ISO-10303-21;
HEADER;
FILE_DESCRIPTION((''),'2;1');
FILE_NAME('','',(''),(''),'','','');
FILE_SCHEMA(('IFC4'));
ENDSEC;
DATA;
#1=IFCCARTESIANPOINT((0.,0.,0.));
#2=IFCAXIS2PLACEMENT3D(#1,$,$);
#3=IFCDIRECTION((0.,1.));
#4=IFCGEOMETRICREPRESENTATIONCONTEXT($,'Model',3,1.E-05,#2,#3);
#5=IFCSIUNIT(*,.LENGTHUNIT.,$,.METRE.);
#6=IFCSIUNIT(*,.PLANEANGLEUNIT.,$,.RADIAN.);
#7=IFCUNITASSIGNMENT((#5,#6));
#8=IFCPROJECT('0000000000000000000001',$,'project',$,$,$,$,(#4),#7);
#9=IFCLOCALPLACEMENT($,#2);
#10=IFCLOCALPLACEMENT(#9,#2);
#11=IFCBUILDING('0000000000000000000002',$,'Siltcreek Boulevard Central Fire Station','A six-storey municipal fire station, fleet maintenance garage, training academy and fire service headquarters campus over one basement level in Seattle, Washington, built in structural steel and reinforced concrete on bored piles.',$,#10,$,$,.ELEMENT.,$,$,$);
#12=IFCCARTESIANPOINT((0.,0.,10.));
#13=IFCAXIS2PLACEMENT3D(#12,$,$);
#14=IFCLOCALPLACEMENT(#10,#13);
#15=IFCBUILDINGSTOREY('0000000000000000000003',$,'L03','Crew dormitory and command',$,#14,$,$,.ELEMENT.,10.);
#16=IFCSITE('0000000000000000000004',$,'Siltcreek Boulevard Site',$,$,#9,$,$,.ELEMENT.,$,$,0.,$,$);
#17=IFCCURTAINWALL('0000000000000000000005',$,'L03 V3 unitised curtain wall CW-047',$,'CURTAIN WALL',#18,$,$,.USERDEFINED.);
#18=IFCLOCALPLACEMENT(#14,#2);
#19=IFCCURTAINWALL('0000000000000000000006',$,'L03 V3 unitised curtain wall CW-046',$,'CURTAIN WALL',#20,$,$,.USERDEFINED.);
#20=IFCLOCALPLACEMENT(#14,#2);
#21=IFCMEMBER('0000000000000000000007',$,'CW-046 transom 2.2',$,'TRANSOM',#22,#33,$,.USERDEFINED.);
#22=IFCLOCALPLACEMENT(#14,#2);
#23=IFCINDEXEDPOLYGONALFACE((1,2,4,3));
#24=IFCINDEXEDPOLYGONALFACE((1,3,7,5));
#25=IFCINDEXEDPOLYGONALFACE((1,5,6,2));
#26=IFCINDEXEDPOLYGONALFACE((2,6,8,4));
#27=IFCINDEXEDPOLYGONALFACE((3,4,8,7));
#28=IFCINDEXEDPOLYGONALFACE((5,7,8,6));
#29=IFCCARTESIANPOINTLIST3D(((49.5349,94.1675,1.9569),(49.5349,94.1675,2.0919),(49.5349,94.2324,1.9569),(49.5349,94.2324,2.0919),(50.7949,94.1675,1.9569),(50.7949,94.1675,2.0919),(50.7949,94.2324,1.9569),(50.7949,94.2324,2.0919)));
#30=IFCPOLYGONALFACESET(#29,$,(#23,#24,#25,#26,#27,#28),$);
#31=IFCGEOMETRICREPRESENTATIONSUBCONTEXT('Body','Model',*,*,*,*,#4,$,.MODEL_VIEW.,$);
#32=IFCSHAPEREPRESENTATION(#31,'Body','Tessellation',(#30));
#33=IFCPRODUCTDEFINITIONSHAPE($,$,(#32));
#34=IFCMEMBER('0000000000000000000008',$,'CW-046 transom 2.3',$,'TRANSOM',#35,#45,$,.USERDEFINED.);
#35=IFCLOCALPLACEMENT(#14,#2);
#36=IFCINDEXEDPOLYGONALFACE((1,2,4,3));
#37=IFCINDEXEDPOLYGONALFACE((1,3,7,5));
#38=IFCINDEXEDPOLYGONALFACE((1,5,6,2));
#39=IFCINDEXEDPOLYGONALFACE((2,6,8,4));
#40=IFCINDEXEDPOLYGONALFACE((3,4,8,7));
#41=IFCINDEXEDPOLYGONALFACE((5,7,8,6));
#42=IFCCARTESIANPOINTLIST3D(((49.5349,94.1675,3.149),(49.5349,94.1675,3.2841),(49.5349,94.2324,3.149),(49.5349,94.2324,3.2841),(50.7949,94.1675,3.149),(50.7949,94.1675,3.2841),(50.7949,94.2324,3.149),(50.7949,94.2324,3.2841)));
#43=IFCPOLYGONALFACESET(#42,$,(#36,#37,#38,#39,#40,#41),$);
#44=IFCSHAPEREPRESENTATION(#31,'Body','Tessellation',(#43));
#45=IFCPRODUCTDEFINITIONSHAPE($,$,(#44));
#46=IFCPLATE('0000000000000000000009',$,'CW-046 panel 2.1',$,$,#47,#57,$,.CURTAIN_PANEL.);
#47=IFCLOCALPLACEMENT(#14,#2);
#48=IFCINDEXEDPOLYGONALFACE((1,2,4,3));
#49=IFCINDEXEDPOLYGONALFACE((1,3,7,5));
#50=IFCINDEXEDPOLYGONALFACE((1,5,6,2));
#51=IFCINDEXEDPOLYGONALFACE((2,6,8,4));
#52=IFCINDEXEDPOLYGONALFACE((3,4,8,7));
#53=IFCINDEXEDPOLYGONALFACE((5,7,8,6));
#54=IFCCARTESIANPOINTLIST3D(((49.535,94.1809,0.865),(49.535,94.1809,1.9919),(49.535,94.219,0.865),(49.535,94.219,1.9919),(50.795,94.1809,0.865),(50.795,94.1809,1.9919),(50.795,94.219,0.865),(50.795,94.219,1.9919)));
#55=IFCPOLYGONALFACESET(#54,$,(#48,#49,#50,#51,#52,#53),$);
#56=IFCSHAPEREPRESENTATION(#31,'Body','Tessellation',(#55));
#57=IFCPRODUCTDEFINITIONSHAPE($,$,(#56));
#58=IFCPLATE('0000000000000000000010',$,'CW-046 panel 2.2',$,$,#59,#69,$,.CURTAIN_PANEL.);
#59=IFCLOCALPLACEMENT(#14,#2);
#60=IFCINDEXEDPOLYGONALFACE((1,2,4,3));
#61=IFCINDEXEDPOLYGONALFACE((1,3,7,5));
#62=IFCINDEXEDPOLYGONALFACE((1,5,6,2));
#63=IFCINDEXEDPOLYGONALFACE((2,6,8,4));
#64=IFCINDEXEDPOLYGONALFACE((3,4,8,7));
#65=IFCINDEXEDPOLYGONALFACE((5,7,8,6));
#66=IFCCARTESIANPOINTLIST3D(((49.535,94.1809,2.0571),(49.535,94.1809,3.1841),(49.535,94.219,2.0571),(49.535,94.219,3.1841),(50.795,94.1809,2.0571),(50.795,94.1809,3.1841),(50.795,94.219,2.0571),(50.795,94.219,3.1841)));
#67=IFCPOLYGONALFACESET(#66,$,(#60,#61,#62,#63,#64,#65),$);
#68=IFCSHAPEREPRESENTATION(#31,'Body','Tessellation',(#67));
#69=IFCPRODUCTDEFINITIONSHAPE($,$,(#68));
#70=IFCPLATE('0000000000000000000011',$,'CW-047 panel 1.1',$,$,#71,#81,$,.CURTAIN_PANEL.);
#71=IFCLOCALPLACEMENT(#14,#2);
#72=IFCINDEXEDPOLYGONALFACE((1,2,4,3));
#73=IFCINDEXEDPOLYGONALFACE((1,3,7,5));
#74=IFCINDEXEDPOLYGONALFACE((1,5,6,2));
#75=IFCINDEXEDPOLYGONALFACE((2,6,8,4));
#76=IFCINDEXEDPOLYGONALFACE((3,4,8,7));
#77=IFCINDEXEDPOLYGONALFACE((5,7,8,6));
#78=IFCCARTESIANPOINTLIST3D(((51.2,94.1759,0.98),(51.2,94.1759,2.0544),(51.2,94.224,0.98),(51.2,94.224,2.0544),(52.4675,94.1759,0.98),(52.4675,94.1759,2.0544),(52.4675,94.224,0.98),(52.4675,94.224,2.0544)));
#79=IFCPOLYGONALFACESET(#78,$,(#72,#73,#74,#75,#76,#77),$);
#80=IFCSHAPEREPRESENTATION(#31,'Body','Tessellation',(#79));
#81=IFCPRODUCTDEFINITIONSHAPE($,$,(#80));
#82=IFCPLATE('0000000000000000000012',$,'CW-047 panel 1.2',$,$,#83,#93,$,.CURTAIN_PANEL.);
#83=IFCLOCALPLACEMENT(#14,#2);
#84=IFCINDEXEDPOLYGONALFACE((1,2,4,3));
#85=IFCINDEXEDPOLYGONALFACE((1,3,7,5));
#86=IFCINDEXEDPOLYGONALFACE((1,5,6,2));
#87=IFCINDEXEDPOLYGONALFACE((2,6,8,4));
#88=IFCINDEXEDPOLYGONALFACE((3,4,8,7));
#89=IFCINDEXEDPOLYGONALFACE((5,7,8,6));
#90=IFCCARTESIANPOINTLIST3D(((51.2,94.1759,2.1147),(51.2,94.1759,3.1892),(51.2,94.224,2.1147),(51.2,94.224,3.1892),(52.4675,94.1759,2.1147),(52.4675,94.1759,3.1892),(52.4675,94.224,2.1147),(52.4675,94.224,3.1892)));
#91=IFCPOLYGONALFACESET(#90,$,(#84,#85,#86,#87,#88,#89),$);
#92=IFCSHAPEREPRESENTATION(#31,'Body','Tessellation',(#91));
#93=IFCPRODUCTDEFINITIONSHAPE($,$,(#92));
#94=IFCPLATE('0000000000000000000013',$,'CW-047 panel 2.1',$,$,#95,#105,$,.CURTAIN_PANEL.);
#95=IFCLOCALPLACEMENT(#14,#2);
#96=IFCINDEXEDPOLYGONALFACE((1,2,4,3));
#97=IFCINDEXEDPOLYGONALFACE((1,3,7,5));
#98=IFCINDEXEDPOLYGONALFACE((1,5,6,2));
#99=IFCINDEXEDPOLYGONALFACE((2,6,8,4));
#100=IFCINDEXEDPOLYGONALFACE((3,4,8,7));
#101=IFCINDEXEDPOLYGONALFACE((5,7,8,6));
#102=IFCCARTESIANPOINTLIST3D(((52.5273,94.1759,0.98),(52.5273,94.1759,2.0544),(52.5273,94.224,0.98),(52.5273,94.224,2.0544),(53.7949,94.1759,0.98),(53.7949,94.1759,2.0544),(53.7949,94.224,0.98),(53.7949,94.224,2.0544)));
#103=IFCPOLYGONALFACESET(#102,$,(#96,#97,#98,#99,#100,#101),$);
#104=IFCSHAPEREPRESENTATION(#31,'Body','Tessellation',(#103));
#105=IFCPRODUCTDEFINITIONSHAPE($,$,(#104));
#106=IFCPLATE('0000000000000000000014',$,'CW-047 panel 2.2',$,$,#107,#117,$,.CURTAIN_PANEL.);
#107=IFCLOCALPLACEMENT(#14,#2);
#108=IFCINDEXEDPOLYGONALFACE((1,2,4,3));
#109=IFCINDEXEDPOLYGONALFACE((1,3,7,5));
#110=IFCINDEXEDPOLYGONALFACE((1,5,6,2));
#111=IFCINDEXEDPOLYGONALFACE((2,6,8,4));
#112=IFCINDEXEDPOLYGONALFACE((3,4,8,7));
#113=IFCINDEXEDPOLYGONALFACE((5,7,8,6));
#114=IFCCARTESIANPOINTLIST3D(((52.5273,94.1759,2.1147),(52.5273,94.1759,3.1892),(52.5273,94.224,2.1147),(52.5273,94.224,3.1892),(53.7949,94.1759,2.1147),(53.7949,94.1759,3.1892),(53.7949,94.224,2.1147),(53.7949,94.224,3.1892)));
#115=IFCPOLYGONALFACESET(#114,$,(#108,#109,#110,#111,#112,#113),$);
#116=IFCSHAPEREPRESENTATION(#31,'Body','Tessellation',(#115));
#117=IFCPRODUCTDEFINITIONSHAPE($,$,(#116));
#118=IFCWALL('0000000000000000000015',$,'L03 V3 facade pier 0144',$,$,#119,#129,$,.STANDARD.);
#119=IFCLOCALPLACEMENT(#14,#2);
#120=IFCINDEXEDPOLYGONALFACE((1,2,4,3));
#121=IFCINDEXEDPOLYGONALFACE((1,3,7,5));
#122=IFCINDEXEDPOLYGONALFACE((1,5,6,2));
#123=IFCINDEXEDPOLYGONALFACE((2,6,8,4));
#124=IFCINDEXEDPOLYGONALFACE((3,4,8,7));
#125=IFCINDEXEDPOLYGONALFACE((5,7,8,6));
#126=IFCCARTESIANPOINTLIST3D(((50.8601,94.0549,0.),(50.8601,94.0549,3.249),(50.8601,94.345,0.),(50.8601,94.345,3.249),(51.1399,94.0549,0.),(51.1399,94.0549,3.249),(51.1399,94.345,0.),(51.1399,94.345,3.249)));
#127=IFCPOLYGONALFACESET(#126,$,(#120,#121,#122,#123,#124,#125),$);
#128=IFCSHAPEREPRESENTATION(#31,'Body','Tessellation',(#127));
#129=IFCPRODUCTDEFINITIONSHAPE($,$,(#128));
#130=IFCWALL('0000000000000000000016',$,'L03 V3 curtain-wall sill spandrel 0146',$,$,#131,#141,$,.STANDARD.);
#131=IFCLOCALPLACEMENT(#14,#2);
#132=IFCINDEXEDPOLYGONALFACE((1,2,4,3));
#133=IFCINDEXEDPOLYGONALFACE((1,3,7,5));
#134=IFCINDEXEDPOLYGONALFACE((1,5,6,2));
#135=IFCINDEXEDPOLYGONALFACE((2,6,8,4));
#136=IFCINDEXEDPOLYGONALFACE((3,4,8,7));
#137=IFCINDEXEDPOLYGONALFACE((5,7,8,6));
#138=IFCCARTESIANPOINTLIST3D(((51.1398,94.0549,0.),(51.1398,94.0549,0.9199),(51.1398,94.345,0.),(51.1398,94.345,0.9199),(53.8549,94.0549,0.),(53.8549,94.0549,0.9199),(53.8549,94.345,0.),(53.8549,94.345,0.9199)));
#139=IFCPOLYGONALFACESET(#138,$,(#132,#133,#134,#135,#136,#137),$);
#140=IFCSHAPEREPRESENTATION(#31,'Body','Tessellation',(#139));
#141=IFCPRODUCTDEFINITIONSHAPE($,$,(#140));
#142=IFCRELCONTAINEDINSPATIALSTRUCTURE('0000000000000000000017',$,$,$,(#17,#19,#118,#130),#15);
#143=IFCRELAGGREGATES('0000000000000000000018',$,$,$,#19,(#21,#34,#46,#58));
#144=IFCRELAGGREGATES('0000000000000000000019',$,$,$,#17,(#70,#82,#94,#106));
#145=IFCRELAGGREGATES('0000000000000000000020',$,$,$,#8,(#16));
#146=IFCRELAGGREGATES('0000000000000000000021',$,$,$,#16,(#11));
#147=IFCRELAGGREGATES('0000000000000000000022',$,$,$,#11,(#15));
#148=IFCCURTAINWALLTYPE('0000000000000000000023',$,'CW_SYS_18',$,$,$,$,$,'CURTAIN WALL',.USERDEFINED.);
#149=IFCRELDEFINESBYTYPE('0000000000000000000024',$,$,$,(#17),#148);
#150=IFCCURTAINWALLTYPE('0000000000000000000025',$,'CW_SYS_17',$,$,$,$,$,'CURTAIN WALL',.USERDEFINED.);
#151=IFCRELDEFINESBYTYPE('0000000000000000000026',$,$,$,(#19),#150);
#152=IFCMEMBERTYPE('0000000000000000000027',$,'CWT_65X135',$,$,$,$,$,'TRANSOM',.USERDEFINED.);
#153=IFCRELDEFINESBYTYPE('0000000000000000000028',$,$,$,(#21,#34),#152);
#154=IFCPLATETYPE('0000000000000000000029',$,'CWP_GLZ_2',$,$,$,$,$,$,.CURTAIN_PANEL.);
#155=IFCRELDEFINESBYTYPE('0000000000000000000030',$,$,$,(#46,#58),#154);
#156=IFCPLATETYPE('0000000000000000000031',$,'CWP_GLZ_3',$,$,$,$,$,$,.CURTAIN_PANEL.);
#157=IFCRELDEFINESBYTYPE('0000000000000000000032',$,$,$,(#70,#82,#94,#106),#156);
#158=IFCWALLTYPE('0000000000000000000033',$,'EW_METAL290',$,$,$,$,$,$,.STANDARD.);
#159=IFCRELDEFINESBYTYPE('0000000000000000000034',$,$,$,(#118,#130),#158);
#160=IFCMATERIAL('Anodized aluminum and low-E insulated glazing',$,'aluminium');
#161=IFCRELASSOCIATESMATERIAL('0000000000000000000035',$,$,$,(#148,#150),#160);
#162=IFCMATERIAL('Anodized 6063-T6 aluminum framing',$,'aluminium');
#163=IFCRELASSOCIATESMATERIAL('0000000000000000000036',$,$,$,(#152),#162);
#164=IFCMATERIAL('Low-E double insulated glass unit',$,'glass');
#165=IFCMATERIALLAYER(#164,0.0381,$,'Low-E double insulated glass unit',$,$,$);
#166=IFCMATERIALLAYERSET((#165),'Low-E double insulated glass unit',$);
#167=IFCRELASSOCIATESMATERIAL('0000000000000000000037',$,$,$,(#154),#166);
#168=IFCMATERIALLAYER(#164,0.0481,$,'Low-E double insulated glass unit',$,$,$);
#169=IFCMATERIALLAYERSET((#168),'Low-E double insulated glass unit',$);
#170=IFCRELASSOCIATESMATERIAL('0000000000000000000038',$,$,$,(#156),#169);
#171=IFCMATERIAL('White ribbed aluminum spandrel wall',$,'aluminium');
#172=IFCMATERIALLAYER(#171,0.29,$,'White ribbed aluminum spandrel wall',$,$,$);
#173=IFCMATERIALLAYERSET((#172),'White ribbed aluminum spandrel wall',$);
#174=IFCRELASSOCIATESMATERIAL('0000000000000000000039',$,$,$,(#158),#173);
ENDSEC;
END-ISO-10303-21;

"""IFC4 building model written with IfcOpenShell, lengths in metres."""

from ifc_helpers import new_model, si_unit, direction, frame, frame_2d, origin, origin_2d, place, context, subcontext, project, spatial, rectangle, extrude, material, layer, layer_set, material_profile, profile_set, type_object, element, aggregate, save


model = new_model("IFC4")

# Units and contexts
model_context = context("Model", 3, precision=1e-05, world=origin(), true_north=direction((0.0, 1.0)))
body_context = subcontext(model_context, "Body", "Model", "MODEL_VIEW")
ifc_project = project(units=[si_unit("LENGTHUNIT", "METRE"), si_unit("PLANEANGLEUNIT", "RADIAN")], contexts=[model_context])

# Site, building, storey
site_placement = place(None, origin())
site = spatial("IfcSite", under=ifc_project, at=site_placement, Name="Siltcreek Boulevard Site", CompositionType="ELEMENT", RefElevation=0.0)
building_placement = place(site_placement, origin())
building = spatial("IfcBuilding", under=site, at=building_placement, Name="Siltcreek Boulevard Central Fire Station", Description="A six-storey municipal fire station, fleet maintenance garage, training academy and fire service headquarters campus over one basement level in Seattle, Washington, built in structural steel and reinforced concrete on bored piles.", CompositionType="ELEMENT")
storey_placement = place(building_placement, frame((0.0, 0.0, 10.0)))
storey = spatial("IfcBuildingStorey", under=building, at=storey_placement, Name="L03", Description="Crew dormitory and command", CompositionType="ELEMENT", Elevation=10.0)

# Curtain walls
ifc_material_1 = material(Name="Anodized aluminum and low-E insulated glazing", Category="aluminium")
curtain_wall_type_1 = type_object("IfcCurtainWallType", Name="CW_SYS_18", ElementType="CURTAIN WALL", PredefinedType="USERDEFINED", material=ifc_material_1)
curtain_wall_1_placement = place(storey_placement, origin())
curtain_wall_1 = element("IfcCurtainWall", 1, at=curtain_wall_1_placement, inside=storey, type_object=curtain_wall_type_1, Name="L03 V3 unitised curtain wall CW-047", ObjectType="CURTAIN WALL", PredefinedType="USERDEFINED")
ifc_material_2 = material(Name="Anodized 6063-T6 aluminum framing", Category="aluminium")
curtain_wall_type_2 = type_object("IfcCurtainWallType", Name="CW_SYS_17", ElementType="CURTAIN WALL", PredefinedType="USERDEFINED", material=ifc_material_1)
curtain_wall_2_placement = place(storey_placement, origin())
curtain_wall_2 = element("IfcCurtainWall", 2, at=curtain_wall_2_placement, inside=storey, type_object=curtain_wall_type_2, Name="L03 V3 unitised curtain wall CW-046", ObjectType="CURTAIN WALL", PredefinedType="USERDEFINED")

# Members
ifc_material_profile_1 = material_profile(ifc_material_2, rectangle(XDim=0.0649, YDim=0.135, at=origin_2d()), Name="TRAN65X135")
ifc_profile_set_1 = profile_set([ifc_material_profile_1], Name="Anodized 6063-T6 aluminum framing")
member_type_1 = type_object("IfcMemberType", Name="CWT_65X135", ElementType="TRANSOM", PredefinedType="USERDEFINED", material=ifc_profile_set_1)
member_1_placement = place(storey_placement, frame((49.5349, 94.2, 2.0244), z_axis=(1.0, 0.0, 0.0), x_axis=(0.0, 1.0, 0.0)))
member_1 = element("IfcMember", 3, at=member_1_placement, type_object=member_type_1, Name="CW-046 transom 2.2", ObjectType="TRANSOM", PredefinedType="USERDEFINED", context=body_context, shape_type="SweptSolid", body=[
    extrude(rectangle(XDim=0.0649, YDim=0.135, at=origin_2d()), origin(), (0.0, 0.0, 1.0), 1.26),
])
member_2_placement = place(storey_placement, frame((49.5349, 94.2, 3.2166), z_axis=(1.0, 0.0, 0.0), x_axis=(0.0, 1.0, 0.0)))
member_2 = element("IfcMember", 4, at=member_2_placement, type_object=member_type_1, Name="CW-046 transom 2.3", ObjectType="TRANSOM", PredefinedType="USERDEFINED", context=body_context, shape_type="SweptSolid", body=[
    extrude(rectangle(XDim=0.0649, YDim=0.135, at=origin_2d()), origin(), (0.0, 0.0, 1.0), 1.26),
])

# Plates
ifc_material_3 = material(Name="Low-E double insulated glass unit", Category="glass")
ifc_layer_1 = layer(ifc_material_3, 0.0381, Name="Low-E double insulated glass unit")
ifc_layer_set_1 = layer_set([ifc_layer_1], Name="Low-E double insulated glass unit")
plate_type_1 = type_object("IfcPlateType", Name="CWP_GLZ_2", PredefinedType="CURTAIN_PANEL", material=ifc_layer_set_1)
plate_1_placement = place(storey_placement, frame((50.165, 94.2, 0.865), z_axis=(0.0, 0.0, 1.0), x_axis=(1.0, 0.0, 0.0)))
plate_1 = element("IfcPlate", 5, at=plate_1_placement, type_object=plate_type_1, Name="CW-046 panel 2.1", PredefinedType="CURTAIN_PANEL", context=body_context, shape_type="SweptSolid", body=[
    extrude(rectangle(XDim=1.26, YDim=0.0381, at=origin_2d()), origin(), (0.0, 0.0, 1.0), 1.127),
])
plate_2_placement = place(storey_placement, frame((50.165, 94.2, 2.0571), z_axis=(0.0, 0.0, 1.0), x_axis=(1.0, 0.0, 0.0)))
plate_2 = element("IfcPlate", 6, at=plate_2_placement, type_object=plate_type_1, Name="CW-046 panel 2.2", PredefinedType="CURTAIN_PANEL", context=body_context, shape_type="SweptSolid", body=[
    extrude(rectangle(XDim=1.26, YDim=0.0381, at=origin_2d()), origin(), (0.0, 0.0, 1.0), 1.127),
])
aggregate(curtain_wall_2, [member_1, member_2, plate_1, plate_2])
ifc_layer_2 = layer(ifc_material_3, 0.0481, Name="Low-E double insulated glass unit")
ifc_layer_set_2 = layer_set([ifc_layer_2], Name="Low-E double insulated glass unit")
plate_type_2 = type_object("IfcPlateType", Name="CWP_GLZ_3", PredefinedType="CURTAIN_PANEL", material=ifc_layer_set_2)
plate_3_placement = place(storey_placement, frame((51.8337, 94.2, 0.98), z_axis=(0.0, 0.0, 1.0), x_axis=(1.0, 0.0, 0.0)))
plate_3 = element("IfcPlate", 7, at=plate_3_placement, type_object=plate_type_2, Name="CW-047 panel 1.1", PredefinedType="CURTAIN_PANEL", context=body_context, shape_type="SweptSolid", body=[
    extrude(rectangle(XDim=1.2676, YDim=0.0481, at=origin_2d()), origin(), (0.0, 0.0, 1.0), 1.0745),
])
plate_4_placement = place(storey_placement, frame((51.8337, 94.2, 2.1147), z_axis=(0.0, 0.0, 1.0), x_axis=(1.0, 0.0, 0.0)))
plate_4 = element("IfcPlate", 8, at=plate_4_placement, type_object=plate_type_2, Name="CW-047 panel 1.2", PredefinedType="CURTAIN_PANEL", context=body_context, shape_type="SweptSolid", body=[
    extrude(rectangle(XDim=1.2676, YDim=0.0481, at=origin_2d()), origin(), (0.0, 0.0, 1.0), 1.0745),
])
plate_5_placement = place(storey_placement, frame((53.1611, 94.2, 0.98), z_axis=(0.0, 0.0, 1.0), x_axis=(1.0, 0.0, 0.0)))
plate_5 = element("IfcPlate", 9, at=plate_5_placement, type_object=plate_type_2, Name="CW-047 panel 2.1", PredefinedType="CURTAIN_PANEL", context=body_context, shape_type="SweptSolid", body=[
    extrude(rectangle(XDim=1.2676, YDim=0.0481, at=origin_2d()), origin(), (0.0, 0.0, 1.0), 1.0745),
])
plate_6_placement = place(storey_placement, frame((53.1611, 94.2, 2.1147), z_axis=(0.0, 0.0, 1.0), x_axis=(1.0, 0.0, 0.0)))
plate_6 = element("IfcPlate", 10, at=plate_6_placement, type_object=plate_type_2, Name="CW-047 panel 2.2", PredefinedType="CURTAIN_PANEL", context=body_context, shape_type="SweptSolid", body=[
    extrude(rectangle(XDim=1.2676, YDim=0.0481, at=origin_2d()), origin(), (0.0, 0.0, 1.0), 1.0745),
])
aggregate(curtain_wall_1, [plate_3, plate_4, plate_5, plate_6])

# Walls
ifc_material_4 = material(Name="White ribbed aluminum spandrel wall", Category="aluminium")
ifc_layer_3 = layer(ifc_material_4, 0.29, Name="White ribbed aluminum spandrel wall")
ifc_layer_set_3 = layer_set([ifc_layer_3], Name="White ribbed aluminum spandrel wall")
wall_type = type_object("IfcWallType", Name="EW_METAL290", PredefinedType="STANDARD", material=ifc_layer_set_3)
wall_1_placement = place(storey_placement, frame((50.8601, 94.2, 0.0), z_axis=(0.0, 0.0, 1.0), x_axis=(1.0, 0.0, 0.0)))
element("IfcWall", 11, at=wall_1_placement, inside=storey, type_object=wall_type, Name="L03 V3 facade pier 0144", PredefinedType="STANDARD", context=body_context, shape_type="SweptSolid", body=[
    extrude(rectangle(XDim=0.2798, YDim=0.29, at=frame_2d((0.1399, 0.0))), origin(), (0.0, 0.0, 1.0), 3.249),
])
wall_2_placement = place(storey_placement, frame((51.1399, 94.2, 0.0), z_axis=(0.0, 0.0, 1.0), x_axis=(1.0, 0.0, 0.0)))
element("IfcWall", 12, at=wall_2_placement, inside=storey, type_object=wall_type, Name="L03 V3 curtain-wall sill spandrel 0146", PredefinedType="STANDARD", context=body_context, shape_type="SweptSolid", body=[
    extrude(rectangle(XDim=2.7151, YDim=0.29, at=frame_2d((1.3574, 0.0))), origin(), (0.0, 0.0, 1.0), 0.9199),
])

save(model, "model.ifc")
